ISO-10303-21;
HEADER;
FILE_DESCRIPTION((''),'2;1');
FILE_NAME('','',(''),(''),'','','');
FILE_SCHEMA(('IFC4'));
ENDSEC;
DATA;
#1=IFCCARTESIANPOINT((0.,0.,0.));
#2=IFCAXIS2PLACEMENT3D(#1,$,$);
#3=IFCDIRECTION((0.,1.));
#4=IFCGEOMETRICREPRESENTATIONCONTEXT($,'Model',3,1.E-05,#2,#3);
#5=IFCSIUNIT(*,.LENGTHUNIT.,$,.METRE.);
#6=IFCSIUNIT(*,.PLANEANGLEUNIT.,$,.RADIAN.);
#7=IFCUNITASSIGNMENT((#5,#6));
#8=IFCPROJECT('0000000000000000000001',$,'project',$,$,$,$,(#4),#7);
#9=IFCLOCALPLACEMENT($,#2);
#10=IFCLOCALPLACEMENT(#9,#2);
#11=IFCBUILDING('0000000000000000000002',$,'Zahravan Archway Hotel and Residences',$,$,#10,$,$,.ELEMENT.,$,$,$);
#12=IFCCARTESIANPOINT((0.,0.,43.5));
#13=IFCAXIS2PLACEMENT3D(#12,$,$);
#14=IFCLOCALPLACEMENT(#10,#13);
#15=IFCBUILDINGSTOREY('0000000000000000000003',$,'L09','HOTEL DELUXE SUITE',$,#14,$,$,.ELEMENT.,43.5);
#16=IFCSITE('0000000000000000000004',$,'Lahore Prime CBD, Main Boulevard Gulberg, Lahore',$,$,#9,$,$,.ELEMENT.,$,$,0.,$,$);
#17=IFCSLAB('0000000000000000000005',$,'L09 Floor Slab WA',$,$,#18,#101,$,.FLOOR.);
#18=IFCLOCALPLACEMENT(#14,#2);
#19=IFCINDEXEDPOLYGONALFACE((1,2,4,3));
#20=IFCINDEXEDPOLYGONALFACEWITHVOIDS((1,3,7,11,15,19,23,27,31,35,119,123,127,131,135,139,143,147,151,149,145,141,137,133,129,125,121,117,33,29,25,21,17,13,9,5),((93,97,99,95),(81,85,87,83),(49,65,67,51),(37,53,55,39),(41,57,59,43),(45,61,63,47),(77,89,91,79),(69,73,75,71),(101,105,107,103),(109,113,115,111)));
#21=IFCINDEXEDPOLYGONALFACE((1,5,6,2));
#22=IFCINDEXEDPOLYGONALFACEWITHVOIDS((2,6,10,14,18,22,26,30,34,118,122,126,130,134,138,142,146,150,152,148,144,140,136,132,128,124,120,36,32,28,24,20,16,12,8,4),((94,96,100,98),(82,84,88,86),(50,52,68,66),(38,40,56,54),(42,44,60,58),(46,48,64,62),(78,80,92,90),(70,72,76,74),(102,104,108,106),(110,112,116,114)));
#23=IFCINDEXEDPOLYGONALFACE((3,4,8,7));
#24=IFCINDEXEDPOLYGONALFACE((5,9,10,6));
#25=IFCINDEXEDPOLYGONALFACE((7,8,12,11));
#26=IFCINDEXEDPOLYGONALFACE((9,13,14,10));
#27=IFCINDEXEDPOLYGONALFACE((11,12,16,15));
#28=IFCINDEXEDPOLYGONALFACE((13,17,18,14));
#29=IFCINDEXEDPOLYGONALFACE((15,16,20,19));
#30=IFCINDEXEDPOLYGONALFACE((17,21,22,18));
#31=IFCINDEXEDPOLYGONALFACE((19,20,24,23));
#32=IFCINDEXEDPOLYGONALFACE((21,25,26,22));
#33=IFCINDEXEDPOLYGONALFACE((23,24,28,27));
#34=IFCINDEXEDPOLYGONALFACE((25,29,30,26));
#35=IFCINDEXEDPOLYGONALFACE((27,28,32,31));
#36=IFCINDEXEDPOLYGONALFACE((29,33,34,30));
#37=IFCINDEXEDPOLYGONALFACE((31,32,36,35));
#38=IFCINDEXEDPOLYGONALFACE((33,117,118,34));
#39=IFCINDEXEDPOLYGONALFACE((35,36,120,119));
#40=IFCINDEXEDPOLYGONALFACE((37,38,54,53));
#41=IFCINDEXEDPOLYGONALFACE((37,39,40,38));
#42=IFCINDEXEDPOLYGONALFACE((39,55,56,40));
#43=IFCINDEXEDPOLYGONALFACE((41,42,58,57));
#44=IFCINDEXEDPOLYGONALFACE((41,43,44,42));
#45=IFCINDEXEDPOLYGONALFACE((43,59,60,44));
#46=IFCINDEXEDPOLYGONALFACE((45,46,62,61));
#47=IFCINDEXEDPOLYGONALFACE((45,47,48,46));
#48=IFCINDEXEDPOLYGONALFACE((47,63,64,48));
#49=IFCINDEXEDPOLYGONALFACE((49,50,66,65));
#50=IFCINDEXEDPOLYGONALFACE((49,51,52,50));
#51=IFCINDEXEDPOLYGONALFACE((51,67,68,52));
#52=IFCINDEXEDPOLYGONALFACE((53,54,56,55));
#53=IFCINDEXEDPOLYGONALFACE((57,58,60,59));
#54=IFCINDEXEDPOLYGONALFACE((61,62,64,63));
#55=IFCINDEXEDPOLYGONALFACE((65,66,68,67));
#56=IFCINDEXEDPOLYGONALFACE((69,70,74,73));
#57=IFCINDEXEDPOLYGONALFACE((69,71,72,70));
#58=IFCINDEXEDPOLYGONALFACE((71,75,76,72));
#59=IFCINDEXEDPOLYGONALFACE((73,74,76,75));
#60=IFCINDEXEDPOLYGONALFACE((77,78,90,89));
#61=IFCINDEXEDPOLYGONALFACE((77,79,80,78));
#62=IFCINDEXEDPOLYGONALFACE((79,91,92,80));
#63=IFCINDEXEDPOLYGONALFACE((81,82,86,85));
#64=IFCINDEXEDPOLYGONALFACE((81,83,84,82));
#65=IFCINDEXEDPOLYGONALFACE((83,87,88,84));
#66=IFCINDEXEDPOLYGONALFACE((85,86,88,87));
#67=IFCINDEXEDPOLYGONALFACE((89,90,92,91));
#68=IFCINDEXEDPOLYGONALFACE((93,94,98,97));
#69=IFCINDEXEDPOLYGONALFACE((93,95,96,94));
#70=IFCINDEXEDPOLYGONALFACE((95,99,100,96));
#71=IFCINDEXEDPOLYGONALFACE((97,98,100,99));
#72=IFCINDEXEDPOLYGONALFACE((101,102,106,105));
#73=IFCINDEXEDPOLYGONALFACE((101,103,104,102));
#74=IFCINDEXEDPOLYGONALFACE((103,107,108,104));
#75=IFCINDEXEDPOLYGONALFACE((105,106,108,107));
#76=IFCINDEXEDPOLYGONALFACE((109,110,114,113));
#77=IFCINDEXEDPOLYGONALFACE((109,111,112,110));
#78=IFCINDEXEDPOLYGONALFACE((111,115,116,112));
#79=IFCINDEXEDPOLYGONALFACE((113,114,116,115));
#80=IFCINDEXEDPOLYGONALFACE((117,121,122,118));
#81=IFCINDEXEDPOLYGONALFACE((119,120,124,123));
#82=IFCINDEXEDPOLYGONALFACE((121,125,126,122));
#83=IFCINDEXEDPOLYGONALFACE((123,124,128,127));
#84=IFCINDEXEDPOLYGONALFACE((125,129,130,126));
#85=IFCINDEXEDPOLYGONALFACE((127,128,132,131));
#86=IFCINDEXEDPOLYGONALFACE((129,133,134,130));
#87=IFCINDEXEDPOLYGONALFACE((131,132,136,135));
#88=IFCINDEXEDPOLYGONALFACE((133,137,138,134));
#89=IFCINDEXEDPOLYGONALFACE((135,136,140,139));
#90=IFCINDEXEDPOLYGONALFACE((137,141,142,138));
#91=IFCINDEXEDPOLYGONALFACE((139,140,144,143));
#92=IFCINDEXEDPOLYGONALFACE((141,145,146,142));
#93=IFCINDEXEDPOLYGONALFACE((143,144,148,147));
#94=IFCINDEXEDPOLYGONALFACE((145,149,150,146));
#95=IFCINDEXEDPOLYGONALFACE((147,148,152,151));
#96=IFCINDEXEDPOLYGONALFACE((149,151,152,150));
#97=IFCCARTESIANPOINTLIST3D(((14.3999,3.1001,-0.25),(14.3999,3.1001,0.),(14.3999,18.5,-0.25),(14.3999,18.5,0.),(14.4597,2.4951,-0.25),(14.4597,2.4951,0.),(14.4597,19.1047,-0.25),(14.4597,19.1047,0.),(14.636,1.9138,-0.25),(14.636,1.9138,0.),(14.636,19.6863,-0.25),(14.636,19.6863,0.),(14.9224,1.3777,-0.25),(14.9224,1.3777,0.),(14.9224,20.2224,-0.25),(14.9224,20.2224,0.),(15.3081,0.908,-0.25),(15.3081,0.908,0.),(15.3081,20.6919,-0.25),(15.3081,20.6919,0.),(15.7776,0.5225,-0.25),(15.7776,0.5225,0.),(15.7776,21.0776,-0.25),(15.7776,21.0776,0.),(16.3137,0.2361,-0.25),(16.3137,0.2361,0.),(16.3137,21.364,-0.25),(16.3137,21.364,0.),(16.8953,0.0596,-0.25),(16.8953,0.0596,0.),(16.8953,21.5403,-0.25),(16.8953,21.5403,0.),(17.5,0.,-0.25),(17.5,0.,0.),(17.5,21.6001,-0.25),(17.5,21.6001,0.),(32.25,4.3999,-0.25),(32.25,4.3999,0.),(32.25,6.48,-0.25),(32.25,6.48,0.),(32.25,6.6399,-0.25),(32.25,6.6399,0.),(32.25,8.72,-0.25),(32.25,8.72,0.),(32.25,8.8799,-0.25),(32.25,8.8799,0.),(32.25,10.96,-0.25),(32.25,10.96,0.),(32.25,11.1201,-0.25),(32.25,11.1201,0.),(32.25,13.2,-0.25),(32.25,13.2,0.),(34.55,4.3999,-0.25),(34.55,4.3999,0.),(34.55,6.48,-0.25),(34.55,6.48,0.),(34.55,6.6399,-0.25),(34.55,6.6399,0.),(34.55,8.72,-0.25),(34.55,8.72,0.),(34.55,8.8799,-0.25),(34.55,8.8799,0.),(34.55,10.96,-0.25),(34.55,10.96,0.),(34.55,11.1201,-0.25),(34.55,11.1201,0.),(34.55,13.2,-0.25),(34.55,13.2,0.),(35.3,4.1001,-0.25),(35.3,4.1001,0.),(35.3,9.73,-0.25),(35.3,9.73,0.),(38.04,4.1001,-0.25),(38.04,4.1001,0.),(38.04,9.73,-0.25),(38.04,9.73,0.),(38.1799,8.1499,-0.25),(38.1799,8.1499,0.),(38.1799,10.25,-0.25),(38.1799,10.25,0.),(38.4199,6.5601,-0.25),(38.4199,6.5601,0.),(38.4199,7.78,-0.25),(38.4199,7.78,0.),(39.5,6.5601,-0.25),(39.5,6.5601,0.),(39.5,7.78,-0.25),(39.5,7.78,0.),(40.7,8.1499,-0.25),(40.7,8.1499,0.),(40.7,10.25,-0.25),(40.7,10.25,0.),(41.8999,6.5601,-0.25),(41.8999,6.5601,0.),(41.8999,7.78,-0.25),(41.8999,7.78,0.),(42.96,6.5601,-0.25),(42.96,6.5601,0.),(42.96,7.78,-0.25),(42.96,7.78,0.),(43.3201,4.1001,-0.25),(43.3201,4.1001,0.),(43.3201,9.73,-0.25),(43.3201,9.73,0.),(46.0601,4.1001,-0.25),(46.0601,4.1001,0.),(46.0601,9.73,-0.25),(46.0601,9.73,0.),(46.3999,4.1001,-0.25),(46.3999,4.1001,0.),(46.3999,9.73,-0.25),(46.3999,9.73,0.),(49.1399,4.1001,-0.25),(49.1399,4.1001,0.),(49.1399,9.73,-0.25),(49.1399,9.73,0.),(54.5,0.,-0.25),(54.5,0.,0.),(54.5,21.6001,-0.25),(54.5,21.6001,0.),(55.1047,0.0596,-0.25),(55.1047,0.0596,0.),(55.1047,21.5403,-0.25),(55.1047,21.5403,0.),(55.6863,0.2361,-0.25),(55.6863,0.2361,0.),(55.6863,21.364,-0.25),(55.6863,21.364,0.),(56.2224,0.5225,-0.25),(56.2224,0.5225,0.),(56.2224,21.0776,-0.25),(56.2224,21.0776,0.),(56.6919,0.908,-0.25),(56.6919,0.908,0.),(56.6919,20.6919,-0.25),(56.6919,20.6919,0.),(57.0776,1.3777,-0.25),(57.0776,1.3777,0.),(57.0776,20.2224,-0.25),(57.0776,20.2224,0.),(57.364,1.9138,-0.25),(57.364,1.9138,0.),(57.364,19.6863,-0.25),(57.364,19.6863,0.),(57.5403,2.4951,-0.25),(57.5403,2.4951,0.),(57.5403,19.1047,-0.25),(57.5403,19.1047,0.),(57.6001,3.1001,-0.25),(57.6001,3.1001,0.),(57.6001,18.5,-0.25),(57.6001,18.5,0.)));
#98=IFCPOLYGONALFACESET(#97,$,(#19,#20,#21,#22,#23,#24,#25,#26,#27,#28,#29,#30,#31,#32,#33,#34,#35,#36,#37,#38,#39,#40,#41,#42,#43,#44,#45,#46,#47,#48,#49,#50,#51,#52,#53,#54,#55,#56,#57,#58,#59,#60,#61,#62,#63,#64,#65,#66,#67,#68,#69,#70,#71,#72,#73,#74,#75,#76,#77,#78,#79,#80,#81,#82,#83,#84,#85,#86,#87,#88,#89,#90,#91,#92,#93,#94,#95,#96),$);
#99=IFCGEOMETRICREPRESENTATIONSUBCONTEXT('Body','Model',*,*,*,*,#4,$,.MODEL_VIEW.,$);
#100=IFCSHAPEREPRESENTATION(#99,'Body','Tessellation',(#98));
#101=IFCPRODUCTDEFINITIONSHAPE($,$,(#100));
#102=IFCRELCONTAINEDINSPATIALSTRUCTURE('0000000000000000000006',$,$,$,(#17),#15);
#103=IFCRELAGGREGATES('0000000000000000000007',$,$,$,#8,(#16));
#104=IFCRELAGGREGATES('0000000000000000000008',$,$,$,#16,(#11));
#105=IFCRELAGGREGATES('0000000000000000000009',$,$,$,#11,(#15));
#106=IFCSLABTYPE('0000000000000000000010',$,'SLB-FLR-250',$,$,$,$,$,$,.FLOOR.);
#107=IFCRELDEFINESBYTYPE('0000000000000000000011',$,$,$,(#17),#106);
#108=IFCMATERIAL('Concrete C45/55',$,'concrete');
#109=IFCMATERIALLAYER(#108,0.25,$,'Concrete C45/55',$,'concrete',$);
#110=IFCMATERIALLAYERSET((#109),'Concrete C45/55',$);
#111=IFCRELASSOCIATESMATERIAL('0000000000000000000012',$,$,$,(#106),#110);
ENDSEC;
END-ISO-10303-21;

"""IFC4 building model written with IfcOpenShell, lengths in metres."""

from ifc_helpers import new_model, si_unit, direction, frame, origin, place, context, subcontext, project, spatial, polyline, outline, extrude, material, layer, layer_set, type_object, element, save


model = new_model("IFC4")

# Units and contexts
model_context = context("Model", 3, precision=1e-05, world=origin(), true_north=direction((0.0, 1.0)))
body_context = subcontext(model_context, "Body", "Model", "MODEL_VIEW")
ifc_project = project(units=[si_unit("LENGTHUNIT", "METRE"), si_unit("PLANEANGLEUNIT", "RADIAN")], contexts=[model_context])

# Site, building, storey
site_placement = place(None, origin())
site = spatial("IfcSite", under=ifc_project, at=site_placement, Name="Lahore Prime CBD, Main Boulevard Gulberg, Lahore", CompositionType="ELEMENT", RefElevation=0.0)
building_placement = place(site_placement, origin())
building = spatial("IfcBuilding", under=site, at=building_placement, Name="Zahravan Archway Hotel and Residences", CompositionType="ELEMENT")
storey_placement = place(building_placement, frame((0.0, 0.0, 43.5)))
storey = spatial("IfcBuildingStorey", under=building, at=storey_placement, Name="L09", Description="HOTEL DELUXE SUITE", CompositionType="ELEMENT", Elevation=43.5)

# Slab
ifc_material_1 = material(Name="Concrete C45/55", Category="concrete")
ifc_layer_1 = layer(ifc_material_1, 0.25, Name="Concrete C45/55", Category="concrete")
ifc_layer_set_1 = layer_set([ifc_layer_1], Name="Concrete C45/55")
slab_type_1 = type_object("IfcSlabType", Name="SLB-FLR-250", PredefinedType="FLOOR", material=ifc_layer_set_1)
slab_1_placement = place(storey_placement, frame((0.0, 0.0, -0.25)))
element("IfcSlab", 1, at=slab_1_placement, inside=storey, type_object=slab_type_1, Name="L09 Floor Slab WA", PredefinedType="FLOOR", context=body_context, shape_type="SweptSolid", body=[
    extrude(outline(polyline([(54.5, 0.0), (55.1047, 0.0596), (55.6863, 0.2361), (56.2224, 0.5225), (56.6919, 0.908), (57.0776, 1.3777), (57.364, 1.9138), (57.5403, 2.4951), (57.6001, 3.1001), (57.6001, 18.5), (57.5403, 19.1047), (57.364, 19.6863), (57.0776, 20.2224), (56.6919, 20.6919), (56.2224, 21.0776), (55.6863, 21.364), (55.1047, 21.5403), (54.5, 21.6001), (17.5, 21.6001), (16.8953, 21.5403), (16.3137, 21.364), (15.7776, 21.0776), (15.3081, 20.6919), (14.9224, 20.2224), (14.636, 19.6863), (14.4597, 19.1047), (14.3999, 18.5), (14.3999, 3.1001), (14.4597, 2.4951), (14.636, 1.9138), (14.9224, 1.3777), (15.3081, 0.908), (15.7776, 0.5225), (16.3137, 0.2361), (16.8953, 0.0596), (17.5, 0.0), (54.5, 0.0)]), holes=[polyline([(35.3, 9.73), (35.3, 4.1001), (38.04, 4.1001), (38.04, 9.73), (35.3, 9.73)]), polyline([(43.3201, 9.73), (43.3201, 4.1001), (46.0601, 4.1001), (46.0601, 9.73), (43.3201, 9.73)]), polyline([(46.3999, 9.73), (46.3999, 4.1001), (49.1399, 4.1001), (49.1399, 9.73), (46.3999, 9.73)]), polyline([(38.1799, 8.1499), (40.7, 8.1499), (40.7, 10.25), (38.1799, 10.25), (38.1799, 8.1499)]), polyline([(32.25, 4.3999), (34.55, 4.3999), (34.55, 6.48), (32.25, 6.48), (32.25, 4.3999)]), polyline([(32.25, 6.6399), (34.55, 6.6399), (34.55, 8.72), (32.25, 8.72), (32.25, 6.6399)]), polyline([(32.25, 8.8799), (34.55, 8.8799), (34.55, 10.96), (32.25, 10.96), (32.25, 8.8799)]), polyline([(32.25, 11.1201), (34.55, 11.1201), (34.55, 13.2), (32.25, 13.2), (32.25, 11.1201)]), polyline([(38.4199, 6.5601), (39.5, 6.5601), (39.5, 7.78), (38.4199, 7.78), (38.4199, 6.5601)]), polyline([(41.8999, 6.5601), (42.96, 6.5601), (42.96, 7.78), (41.8999, 7.78), (41.8999, 6.5601)])]), origin(), (0.0, 0.0, 1.0), 0.25),
])

save(model, "model.ifc")
